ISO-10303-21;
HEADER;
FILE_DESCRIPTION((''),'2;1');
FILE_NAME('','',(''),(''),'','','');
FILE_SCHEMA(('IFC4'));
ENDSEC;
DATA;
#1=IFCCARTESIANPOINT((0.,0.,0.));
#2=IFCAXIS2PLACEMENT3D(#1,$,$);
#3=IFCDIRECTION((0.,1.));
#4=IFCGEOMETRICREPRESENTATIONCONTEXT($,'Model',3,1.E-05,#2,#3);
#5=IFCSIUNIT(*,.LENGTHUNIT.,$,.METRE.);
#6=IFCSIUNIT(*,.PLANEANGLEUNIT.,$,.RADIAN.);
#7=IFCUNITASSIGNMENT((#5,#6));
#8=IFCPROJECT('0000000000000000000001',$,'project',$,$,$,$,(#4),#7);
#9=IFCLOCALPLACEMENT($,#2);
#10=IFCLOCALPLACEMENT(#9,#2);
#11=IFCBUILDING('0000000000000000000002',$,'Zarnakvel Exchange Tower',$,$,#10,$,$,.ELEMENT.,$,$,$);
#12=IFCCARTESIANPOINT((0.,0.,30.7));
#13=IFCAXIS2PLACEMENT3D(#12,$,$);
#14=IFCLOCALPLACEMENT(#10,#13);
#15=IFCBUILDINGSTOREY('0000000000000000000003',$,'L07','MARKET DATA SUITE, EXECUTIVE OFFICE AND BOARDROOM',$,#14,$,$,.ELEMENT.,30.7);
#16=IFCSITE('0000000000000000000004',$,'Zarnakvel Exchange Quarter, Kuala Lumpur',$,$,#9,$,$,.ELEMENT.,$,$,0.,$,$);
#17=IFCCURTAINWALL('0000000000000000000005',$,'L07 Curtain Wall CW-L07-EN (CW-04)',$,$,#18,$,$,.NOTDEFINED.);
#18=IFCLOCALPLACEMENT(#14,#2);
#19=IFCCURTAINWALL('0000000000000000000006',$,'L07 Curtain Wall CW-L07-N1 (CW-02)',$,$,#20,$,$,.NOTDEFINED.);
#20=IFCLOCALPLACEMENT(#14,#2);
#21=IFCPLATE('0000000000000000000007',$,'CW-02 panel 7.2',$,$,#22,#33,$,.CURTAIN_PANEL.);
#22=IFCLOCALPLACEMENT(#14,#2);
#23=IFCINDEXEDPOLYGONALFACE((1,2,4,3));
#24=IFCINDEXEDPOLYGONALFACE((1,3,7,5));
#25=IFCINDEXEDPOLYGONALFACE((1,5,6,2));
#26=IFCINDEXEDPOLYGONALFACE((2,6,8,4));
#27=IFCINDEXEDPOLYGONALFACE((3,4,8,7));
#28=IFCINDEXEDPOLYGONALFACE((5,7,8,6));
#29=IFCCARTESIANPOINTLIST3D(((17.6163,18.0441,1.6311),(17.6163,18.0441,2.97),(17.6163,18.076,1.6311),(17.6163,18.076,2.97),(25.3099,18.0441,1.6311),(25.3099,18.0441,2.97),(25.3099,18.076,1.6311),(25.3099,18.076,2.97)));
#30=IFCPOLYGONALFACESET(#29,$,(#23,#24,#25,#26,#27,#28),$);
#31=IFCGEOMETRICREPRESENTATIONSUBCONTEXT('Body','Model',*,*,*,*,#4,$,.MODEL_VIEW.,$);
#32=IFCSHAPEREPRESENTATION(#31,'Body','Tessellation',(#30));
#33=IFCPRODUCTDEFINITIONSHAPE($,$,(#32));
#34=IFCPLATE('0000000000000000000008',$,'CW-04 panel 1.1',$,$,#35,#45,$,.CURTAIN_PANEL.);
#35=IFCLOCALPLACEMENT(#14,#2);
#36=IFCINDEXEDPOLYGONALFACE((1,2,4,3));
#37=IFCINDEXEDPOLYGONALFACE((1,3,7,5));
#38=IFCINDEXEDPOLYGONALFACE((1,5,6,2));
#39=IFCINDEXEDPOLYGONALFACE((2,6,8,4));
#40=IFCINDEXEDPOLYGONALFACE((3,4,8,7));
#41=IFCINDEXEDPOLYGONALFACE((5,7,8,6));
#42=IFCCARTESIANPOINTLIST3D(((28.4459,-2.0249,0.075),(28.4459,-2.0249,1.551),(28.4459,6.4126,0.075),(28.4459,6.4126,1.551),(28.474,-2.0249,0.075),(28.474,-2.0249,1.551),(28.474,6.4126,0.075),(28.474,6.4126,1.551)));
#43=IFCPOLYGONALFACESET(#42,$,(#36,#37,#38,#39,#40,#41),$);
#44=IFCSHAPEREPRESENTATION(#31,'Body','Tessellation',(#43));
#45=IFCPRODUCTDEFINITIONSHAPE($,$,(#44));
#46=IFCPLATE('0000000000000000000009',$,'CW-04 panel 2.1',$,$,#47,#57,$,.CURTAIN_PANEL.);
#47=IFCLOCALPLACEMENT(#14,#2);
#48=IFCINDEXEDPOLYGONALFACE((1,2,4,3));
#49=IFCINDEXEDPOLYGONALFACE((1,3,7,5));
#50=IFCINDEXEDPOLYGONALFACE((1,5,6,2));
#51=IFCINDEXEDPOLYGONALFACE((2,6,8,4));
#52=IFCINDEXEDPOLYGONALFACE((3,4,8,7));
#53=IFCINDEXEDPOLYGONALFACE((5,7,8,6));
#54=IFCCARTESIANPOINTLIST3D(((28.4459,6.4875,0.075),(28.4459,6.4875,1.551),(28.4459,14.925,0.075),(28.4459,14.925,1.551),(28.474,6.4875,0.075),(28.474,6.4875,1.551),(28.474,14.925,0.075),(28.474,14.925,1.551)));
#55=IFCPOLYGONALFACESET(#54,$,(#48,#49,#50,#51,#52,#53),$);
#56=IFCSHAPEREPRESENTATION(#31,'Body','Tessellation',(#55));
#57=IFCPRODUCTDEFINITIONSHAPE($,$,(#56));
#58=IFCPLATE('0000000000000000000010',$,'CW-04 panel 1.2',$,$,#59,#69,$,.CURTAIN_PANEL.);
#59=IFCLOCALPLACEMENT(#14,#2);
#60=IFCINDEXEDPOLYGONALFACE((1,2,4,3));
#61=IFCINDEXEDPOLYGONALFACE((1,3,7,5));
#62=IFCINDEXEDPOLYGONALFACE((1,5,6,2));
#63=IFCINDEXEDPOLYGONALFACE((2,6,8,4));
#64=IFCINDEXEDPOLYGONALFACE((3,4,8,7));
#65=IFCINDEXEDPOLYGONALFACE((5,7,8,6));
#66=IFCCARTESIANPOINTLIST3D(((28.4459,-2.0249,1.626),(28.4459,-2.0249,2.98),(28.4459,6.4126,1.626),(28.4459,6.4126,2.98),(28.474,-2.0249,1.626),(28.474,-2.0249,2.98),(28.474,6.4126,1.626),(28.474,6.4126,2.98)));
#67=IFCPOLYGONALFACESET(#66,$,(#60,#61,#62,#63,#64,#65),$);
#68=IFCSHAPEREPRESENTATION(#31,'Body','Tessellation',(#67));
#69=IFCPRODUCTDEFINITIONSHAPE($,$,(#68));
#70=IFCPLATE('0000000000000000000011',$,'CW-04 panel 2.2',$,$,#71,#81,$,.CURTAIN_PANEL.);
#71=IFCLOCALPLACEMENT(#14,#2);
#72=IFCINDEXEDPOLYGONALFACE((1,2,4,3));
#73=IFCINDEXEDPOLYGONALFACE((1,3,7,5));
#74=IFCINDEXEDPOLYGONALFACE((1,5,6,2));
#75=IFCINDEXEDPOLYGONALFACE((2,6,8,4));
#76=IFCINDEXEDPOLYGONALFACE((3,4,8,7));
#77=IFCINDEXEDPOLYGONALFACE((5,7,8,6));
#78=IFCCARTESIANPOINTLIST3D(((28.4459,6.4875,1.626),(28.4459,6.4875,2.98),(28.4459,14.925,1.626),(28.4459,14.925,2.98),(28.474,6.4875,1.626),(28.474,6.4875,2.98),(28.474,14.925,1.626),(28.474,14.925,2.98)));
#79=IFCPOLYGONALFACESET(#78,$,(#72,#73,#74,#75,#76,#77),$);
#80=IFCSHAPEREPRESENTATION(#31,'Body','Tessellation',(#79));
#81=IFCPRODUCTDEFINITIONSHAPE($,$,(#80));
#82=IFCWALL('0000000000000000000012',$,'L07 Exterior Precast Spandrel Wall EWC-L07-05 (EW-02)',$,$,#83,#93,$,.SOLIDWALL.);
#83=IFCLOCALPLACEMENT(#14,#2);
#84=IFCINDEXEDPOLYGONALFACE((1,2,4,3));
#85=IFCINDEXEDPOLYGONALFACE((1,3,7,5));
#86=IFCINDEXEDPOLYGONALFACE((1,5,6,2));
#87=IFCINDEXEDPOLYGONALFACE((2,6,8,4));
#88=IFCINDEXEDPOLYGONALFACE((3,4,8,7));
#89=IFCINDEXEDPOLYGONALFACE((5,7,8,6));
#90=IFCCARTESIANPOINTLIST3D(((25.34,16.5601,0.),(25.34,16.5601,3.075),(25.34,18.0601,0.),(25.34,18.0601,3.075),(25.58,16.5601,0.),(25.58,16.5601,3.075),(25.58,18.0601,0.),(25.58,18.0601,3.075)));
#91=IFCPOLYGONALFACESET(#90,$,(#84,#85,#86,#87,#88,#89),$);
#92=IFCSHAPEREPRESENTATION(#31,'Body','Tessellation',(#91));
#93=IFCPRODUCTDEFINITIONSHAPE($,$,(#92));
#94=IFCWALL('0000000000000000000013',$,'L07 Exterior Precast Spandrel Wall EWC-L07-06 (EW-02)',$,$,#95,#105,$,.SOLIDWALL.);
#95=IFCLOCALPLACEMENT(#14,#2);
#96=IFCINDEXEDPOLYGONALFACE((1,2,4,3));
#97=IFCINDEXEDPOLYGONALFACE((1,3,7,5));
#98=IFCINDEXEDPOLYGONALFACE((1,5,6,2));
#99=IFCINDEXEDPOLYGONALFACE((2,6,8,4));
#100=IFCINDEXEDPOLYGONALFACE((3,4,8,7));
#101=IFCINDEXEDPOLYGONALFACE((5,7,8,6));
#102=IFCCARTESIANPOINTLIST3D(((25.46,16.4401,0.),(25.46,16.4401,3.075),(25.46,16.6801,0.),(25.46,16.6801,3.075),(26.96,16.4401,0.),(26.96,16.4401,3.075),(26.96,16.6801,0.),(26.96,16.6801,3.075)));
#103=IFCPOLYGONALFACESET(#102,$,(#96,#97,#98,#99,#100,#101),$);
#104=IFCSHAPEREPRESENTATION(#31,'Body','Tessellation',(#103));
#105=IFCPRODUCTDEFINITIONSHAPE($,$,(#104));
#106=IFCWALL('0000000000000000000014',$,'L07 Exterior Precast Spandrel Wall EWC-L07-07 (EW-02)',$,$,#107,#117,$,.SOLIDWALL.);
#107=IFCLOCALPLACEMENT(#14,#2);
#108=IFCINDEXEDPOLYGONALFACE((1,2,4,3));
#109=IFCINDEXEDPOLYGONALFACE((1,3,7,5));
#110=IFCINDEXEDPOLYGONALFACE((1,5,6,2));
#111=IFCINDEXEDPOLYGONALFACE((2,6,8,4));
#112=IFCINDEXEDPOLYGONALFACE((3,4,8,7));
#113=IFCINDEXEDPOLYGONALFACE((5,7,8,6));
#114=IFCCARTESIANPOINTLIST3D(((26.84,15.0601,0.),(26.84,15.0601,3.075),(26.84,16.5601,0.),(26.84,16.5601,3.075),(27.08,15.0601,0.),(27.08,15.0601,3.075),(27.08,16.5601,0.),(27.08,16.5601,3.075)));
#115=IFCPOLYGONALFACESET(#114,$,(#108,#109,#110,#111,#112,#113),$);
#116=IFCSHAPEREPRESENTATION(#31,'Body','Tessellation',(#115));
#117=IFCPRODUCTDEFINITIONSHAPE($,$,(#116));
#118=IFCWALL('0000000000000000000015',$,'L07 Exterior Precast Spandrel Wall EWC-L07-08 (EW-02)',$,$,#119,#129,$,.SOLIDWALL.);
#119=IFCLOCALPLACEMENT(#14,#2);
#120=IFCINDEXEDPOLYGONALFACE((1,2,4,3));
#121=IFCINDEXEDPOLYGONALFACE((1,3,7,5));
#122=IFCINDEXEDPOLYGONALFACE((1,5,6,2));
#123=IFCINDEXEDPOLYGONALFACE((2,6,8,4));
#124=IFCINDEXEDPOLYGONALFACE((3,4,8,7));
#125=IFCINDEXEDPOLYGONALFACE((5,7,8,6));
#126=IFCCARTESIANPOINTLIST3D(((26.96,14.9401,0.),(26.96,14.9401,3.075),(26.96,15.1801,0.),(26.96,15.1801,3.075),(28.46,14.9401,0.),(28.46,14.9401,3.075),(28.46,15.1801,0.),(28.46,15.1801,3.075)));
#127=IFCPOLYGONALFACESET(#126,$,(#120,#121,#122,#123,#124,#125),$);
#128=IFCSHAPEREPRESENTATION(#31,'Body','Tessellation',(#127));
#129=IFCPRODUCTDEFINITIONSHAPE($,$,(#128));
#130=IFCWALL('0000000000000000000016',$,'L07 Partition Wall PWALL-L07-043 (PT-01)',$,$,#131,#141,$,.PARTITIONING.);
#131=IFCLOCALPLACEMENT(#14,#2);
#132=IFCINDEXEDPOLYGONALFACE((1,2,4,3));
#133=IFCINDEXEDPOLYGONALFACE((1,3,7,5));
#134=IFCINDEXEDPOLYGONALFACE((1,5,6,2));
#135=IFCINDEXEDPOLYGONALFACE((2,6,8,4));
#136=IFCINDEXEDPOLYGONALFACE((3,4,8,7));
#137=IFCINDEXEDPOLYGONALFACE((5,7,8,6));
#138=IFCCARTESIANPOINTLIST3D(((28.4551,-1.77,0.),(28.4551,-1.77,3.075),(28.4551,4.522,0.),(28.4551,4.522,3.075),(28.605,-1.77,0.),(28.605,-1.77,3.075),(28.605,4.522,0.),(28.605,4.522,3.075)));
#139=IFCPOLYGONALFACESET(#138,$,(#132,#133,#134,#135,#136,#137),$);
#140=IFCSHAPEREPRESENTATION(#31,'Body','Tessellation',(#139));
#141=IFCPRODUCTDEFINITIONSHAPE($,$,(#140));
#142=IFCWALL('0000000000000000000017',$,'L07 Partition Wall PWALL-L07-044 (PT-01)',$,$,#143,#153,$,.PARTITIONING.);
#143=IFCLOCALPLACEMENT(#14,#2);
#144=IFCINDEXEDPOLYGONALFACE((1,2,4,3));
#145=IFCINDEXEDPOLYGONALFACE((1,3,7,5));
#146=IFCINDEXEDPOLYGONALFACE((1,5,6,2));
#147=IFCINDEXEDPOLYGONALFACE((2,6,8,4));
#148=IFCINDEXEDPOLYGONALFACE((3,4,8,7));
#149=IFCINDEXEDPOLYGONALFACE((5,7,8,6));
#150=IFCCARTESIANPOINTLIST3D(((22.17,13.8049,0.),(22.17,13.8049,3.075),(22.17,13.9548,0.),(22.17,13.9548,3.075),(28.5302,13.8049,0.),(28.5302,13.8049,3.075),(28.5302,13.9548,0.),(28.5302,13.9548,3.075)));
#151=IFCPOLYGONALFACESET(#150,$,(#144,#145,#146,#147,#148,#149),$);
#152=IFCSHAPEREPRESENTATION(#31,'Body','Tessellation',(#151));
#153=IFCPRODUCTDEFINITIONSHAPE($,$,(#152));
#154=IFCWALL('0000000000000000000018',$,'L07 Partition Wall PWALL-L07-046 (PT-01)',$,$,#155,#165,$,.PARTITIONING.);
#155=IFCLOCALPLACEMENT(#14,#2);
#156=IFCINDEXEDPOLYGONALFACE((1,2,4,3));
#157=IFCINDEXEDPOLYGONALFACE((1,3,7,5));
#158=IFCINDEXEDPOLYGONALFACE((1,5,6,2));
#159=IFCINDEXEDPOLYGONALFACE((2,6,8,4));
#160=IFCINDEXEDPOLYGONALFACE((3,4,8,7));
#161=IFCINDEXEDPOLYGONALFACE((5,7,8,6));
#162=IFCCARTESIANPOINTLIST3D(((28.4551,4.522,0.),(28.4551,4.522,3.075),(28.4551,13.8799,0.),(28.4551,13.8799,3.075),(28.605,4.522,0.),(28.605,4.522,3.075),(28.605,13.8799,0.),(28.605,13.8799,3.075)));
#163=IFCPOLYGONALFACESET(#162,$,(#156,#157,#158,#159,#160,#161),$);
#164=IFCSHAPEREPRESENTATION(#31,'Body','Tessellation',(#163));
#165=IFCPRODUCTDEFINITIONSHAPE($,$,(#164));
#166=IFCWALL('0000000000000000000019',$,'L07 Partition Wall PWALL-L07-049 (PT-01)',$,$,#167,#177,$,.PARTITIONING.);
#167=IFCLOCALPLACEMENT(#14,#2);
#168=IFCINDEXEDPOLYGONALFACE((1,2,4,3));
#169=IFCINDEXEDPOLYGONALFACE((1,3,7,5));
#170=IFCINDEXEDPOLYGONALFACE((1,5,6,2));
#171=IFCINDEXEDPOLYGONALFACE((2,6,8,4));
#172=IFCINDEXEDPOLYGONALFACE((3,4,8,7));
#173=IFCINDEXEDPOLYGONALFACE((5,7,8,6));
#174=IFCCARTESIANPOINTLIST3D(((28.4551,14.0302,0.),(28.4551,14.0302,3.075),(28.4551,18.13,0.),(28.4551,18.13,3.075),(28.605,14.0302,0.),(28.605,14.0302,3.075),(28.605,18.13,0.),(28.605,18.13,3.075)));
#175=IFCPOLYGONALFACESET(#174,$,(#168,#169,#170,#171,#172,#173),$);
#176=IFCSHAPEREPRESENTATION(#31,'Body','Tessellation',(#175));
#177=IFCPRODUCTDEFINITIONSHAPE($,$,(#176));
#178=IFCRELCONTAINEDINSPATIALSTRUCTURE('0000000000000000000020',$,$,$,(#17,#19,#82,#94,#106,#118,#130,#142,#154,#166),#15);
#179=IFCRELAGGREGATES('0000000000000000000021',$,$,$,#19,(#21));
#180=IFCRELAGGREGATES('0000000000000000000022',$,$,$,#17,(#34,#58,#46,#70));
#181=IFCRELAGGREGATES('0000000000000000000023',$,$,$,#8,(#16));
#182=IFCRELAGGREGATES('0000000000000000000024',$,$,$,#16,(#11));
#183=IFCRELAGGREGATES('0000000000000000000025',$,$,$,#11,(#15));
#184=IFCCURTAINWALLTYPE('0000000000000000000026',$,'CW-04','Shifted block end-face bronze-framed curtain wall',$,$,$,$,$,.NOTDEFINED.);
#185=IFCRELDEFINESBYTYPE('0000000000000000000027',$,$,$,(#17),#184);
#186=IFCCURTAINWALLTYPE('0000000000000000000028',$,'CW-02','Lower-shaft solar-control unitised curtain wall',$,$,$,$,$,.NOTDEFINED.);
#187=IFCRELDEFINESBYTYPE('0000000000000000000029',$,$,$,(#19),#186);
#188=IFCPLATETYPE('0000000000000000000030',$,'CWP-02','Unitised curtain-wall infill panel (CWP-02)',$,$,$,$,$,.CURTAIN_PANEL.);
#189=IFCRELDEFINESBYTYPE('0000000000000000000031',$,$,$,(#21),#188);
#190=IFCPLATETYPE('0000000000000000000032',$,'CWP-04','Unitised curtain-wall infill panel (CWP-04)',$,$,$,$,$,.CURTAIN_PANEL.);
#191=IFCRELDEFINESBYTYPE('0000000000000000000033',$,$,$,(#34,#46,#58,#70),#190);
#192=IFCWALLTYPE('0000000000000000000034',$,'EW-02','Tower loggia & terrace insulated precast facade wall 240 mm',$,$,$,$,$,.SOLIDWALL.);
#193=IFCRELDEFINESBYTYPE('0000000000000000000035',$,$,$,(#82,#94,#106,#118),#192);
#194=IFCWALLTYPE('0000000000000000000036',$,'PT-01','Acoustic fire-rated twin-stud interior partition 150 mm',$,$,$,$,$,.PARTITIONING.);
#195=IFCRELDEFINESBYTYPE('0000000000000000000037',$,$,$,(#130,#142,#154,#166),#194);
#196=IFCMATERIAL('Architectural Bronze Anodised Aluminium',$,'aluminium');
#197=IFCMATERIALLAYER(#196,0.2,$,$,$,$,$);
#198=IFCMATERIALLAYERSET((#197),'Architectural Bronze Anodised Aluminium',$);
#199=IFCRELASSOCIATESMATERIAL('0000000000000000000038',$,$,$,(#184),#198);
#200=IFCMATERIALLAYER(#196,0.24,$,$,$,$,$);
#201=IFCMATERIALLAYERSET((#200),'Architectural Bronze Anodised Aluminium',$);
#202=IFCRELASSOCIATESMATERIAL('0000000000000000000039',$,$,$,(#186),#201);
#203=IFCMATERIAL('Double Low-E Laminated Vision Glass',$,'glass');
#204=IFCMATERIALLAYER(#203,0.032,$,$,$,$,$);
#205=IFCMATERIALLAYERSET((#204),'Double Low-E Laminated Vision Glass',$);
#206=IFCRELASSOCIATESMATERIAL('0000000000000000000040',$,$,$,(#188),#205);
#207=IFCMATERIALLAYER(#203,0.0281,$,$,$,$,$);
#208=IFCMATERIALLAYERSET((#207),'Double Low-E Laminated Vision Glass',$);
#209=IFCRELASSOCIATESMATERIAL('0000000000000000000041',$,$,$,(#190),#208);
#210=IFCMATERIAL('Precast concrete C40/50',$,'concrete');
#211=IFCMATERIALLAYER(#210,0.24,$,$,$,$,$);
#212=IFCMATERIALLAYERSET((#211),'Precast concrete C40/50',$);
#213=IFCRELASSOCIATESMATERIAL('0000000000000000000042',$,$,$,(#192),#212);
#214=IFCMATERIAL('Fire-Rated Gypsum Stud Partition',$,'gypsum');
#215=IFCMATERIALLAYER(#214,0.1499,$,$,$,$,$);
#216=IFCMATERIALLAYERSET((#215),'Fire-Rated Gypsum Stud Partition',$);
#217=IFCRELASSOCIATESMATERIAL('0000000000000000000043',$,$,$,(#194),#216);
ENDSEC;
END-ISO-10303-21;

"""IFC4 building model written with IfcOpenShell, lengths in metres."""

from ifc_helpers import new_model, si_unit, direction, frame, frame_2d, origin, origin_2d, place, context, subcontext, project, spatial, rectangle, extrude, source, transform, mapped, material, layer, layer_set, type_object, element, aggregate, save


model = new_model("IFC4")

# Units and contexts
model_context = context("Model", 3, precision=1e-05, world=origin(), true_north=direction((0.0, 1.0)))
body_context = subcontext(model_context, "Body", "Model", "MODEL_VIEW")
ifc_project = project(units=[si_unit("LENGTHUNIT", "METRE"), si_unit("PLANEANGLEUNIT", "RADIAN")], contexts=[model_context])

# Site, building, storey
site_placement = place(None, origin())
site = spatial("IfcSite", under=ifc_project, at=site_placement, Name="Zarnakvel Exchange Quarter, Kuala Lumpur", CompositionType="ELEMENT", RefElevation=0.0)
building_placement = place(site_placement, origin())
building = spatial("IfcBuilding", under=site, at=building_placement, Name="Zarnakvel Exchange Tower", CompositionType="ELEMENT")
storey_placement = place(building_placement, frame((0.0, 0.0, 30.7)))
storey = spatial("IfcBuildingStorey", under=building, at=storey_placement, Name="L07", Description="MARKET DATA SUITE, EXECUTIVE OFFICE AND BOARDROOM", CompositionType="ELEMENT", Elevation=30.7)

# Curtain wall
ifc_material_1 = material(Name="Architectural Bronze Anodised Aluminium", Category="aluminium")
ifc_layer_1 = layer(ifc_material_1, 0.2)
ifc_layer_set_1 = layer_set([ifc_layer_1], Name="Architectural Bronze Anodised Aluminium")
curtain_wall_type_1 = type_object("IfcCurtainWallType", Name="CW-04", Description="Shifted block end-face bronze-framed curtain wall", PredefinedType="NOTDEFINED", material=ifc_layer_set_1)
curtain_wall_1_placement = place(storey_placement, origin())
curtain_wall_1 = element("IfcCurtainWall", 1, at=curtain_wall_1_placement, inside=storey, type_object=curtain_wall_type_1, Name="L07 Curtain Wall CW-L07-EN (CW-04)", PredefinedType="NOTDEFINED")

# Curtain wall
ifc_layer_2 = layer(ifc_material_1, 0.24)
ifc_layer_set_2 = layer_set([ifc_layer_2], Name="Architectural Bronze Anodised Aluminium")
curtain_wall_type_2 = type_object("IfcCurtainWallType", Name="CW-02", Description="Lower-shaft solar-control unitised curtain wall", PredefinedType="NOTDEFINED", material=ifc_layer_set_2)
curtain_wall_2_placement = place(storey_placement, origin())
curtain_wall_2 = element("IfcCurtainWall", 2, at=curtain_wall_2_placement, inside=storey, type_object=curtain_wall_type_2, Name="L07 Curtain Wall CW-L07-N1 (CW-02)", PredefinedType="NOTDEFINED")

# Plates
ifc_material_2 = material(Name="Double Low-E Laminated Vision Glass", Category="glass")
ifc_layer_3 = layer(ifc_material_2, 0.032)
ifc_layer_set_3 = layer_set([ifc_layer_3], Name="Double Low-E Laminated Vision Glass")
plate_type_1 = type_object("IfcPlateType", Name="CWP-02", Description="Unitised curtain-wall infill panel (CWP-02)", PredefinedType="CURTAIN_PANEL", material=ifc_layer_set_3)
shared_shape_1 = source(origin(), body_context, "Body", "SweptSolid", [
    extrude(rectangle(XDim=7.6936, YDim=0.032, at=origin_2d()), origin(), (0.0, 0.0, 1.0), 1.3389),
])
plate_1_placement = place(storey_placement, frame((21.4631, 18.0601, 1.6311), z_axis=(0.0, 0.0, 1.0), x_axis=(1.0, 0.0, 0.0)))
plate_1 = element("IfcPlate", 3, at=plate_1_placement, type_object=plate_type_1, Name="CW-02 panel 7.2", PredefinedType="CURTAIN_PANEL", context=body_context, shape_type="MappedRepresentation", body=[
    mapped(shared_shape_1, transform((0.0, 0.0, 0.0), x_axis=(1.0, 0.0, 0.0), y_axis=(0.0, 1.0, 0.0), z_axis=(0.0, 0.0, 1.0), scale=1.0)),
])
aggregate(curtain_wall_2, [plate_1])
ifc_layer_4 = layer(ifc_material_2, 0.0281)
ifc_layer_set_4 = layer_set([ifc_layer_4], Name="Double Low-E Laminated Vision Glass")
plate_type_2 = type_object("IfcPlateType", Name="CWP-04", Description="Unitised curtain-wall infill panel (CWP-04)", PredefinedType="CURTAIN_PANEL", material=ifc_layer_set_4)
shared_shape_2 = source(origin(), body_context, "Body", "SweptSolid", [
    extrude(rectangle(XDim=8.4375, YDim=0.0281, at=origin_2d()), origin(), (0.0, 0.0, 1.0), 1.4761),
])
plate_2_placement = place(storey_placement, frame((28.46, 2.1938, 0.075), z_axis=(0.0, 0.0, 1.0), x_axis=(0.0, 1.0, 0.0)))
plate_2 = element("IfcPlate", 4, at=plate_2_placement, type_object=plate_type_2, Name="CW-04 panel 1.1", PredefinedType="CURTAIN_PANEL", context=body_context, shape_type="MappedRepresentation", body=[
    mapped(shared_shape_2, transform((0.0, 0.0, 0.0), x_axis=(1.0, 0.0, 0.0), y_axis=(0.0, 1.0, 0.0), z_axis=(0.0, 0.0, 1.0), scale=1.0)),
])
plate_3_placement = place(storey_placement, frame((28.46, 10.7063, 0.075), z_axis=(0.0, 0.0, 1.0), x_axis=(0.0, 1.0, 0.0)))
plate_3 = element("IfcPlate", 5, at=plate_3_placement, type_object=plate_type_2, Name="CW-04 panel 2.1", PredefinedType="CURTAIN_PANEL", context=body_context, shape_type="MappedRepresentation", body=[
    mapped(shared_shape_2, transform((0.0, 0.0, 0.0), x_axis=(1.0, 0.0, 0.0), y_axis=(0.0, 1.0, 0.0), z_axis=(0.0, 0.0, 1.0), scale=1.0)),
])
shared_shape_3 = source(origin(), body_context, "Body", "SweptSolid", [
    extrude(rectangle(XDim=8.4375, YDim=0.0281, at=origin_2d()), origin(), (0.0, 0.0, 1.0), 1.354),
])
plate_4_placement = place(storey_placement, frame((28.46, 2.1938, 1.626), z_axis=(0.0, 0.0, 1.0), x_axis=(0.0, 1.0, 0.0)))
plate_4 = element("IfcPlate", 6, at=plate_4_placement, type_object=plate_type_2, Name="CW-04 panel 1.2", PredefinedType="CURTAIN_PANEL", context=body_context, shape_type="MappedRepresentation", body=[
    mapped(shared_shape_3, transform((0.0, 0.0, 0.0), x_axis=(1.0, 0.0, 0.0), y_axis=(0.0, 1.0, 0.0), z_axis=(0.0, 0.0, 1.0), scale=1.0)),
])
plate_5_placement = place(storey_placement, frame((28.46, 10.7063, 1.626), z_axis=(0.0, 0.0, 1.0), x_axis=(0.0, 1.0, 0.0)))
plate_5 = element("IfcPlate", 7, at=plate_5_placement, type_object=plate_type_2, Name="CW-04 panel 2.2", PredefinedType="CURTAIN_PANEL", context=body_context, shape_type="MappedRepresentation", body=[
    mapped(shared_shape_3, transform((0.0, 0.0, 0.0), x_axis=(1.0, 0.0, 0.0), y_axis=(0.0, 1.0, 0.0), z_axis=(0.0, 0.0, 1.0), scale=1.0)),
])
aggregate(curtain_wall_1, [plate_2, plate_4, plate_3, plate_5])

# Walls
ifc_material_3 = material(Name="Precast concrete C40/50", Category="concrete")
ifc_layer_5 = layer(ifc_material_3, 0.24)
ifc_layer_set_5 = layer_set([ifc_layer_5], Name="Precast concrete C40/50")
wall_type_1 = type_object("IfcWallType", Name="EW-02", Description="Tower loggia & terrace insulated precast facade wall 240 mm", PredefinedType="SOLIDWALL", material=ifc_layer_set_5)
for number, where, z_axis, x_axis, name in (
    (8, (25.46, 16.5601, 0.0), (0.0, 0.0, 1.0), (0.0, 1.0, 0.0), "L07 Exterior Precast Spandrel Wall EWC-L07-05 (EW-02)"),
    (9, (26.96, 16.5601, 0.0), (0.0, 0.0, 1.0), (-1.0, 0.0, 0.0), "L07 Exterior Precast Spandrel Wall EWC-L07-06 (EW-02)"),
    (10, (26.96, 15.0601, 0.0), (0.0, 0.0, 1.0), (0.0, 1.0, 0.0), "L07 Exterior Precast Spandrel Wall EWC-L07-07 (EW-02)"),
    (11, (28.46, 15.0601, 0.0), (0.0, 0.0, 1.0), (-1.0, 0.0, 0.0), "L07 Exterior Precast Spandrel Wall EWC-L07-08 (EW-02)"),
):
    element("IfcWall", number, at=place(storey_placement, frame(where, z_axis=z_axis, x_axis=x_axis)), inside=storey, type_object=wall_type_1, Name=name, PredefinedType="SOLIDWALL", context=body_context, shape_type="SweptSolid", body=[
        extrude(rectangle(XDim=1.5, YDim=0.24, at=frame_2d((0.75, 0.0))), origin(), (0.0, 0.0, 1.0), 3.075),
    ])
ifc_material_4 = material(Name="Fire-Rated Gypsum Stud Partition", Category="gypsum")
ifc_layer_6 = layer(ifc_material_4, 0.1499)
ifc_layer_set_6 = layer_set([ifc_layer_6], Name="Fire-Rated Gypsum Stud Partition")
wall_type_2 = type_object("IfcWallType", Name="PT-01", Description="Acoustic fire-rated twin-stud interior partition 150 mm", PredefinedType="PARTITIONING", material=ifc_layer_set_6)
wall_1_placement = place(storey_placement, frame((28.53, 4.522, 0.0), z_axis=(0.0, 0.0, 1.0), x_axis=(0.0, -1.0, 0.0)))
element("IfcWall", 12, at=wall_1_placement, inside=storey, type_object=wall_type_2, Name="L07 Partition Wall PWALL-L07-043 (PT-01)", PredefinedType="PARTITIONING", context=body_context, shape_type="SweptSolid", body=[
    extrude(rectangle(XDim=6.292, YDim=0.1499, at=frame_2d((3.146, 0.0))), origin(), (0.0, 0.0, 1.0), 3.075),
])
wall_2_placement = place(storey_placement, frame((22.1699, 13.8799, 0.0), z_axis=(0.0, 0.0, 1.0), x_axis=(1.0, 0.0, 0.0)))
element("IfcWall", 13, at=wall_2_placement, inside=storey, type_object=wall_type_2, Name="L07 Partition Wall PWALL-L07-044 (PT-01)", PredefinedType="PARTITIONING", context=body_context, shape_type="SweptSolid", body=[
    extrude(rectangle(XDim=6.3601, YDim=0.1499, at=frame_2d((3.1802, 0.0))), origin(), (0.0, 0.0, 1.0), 3.075),
])
wall_3_placement = place(storey_placement, frame((28.53, 13.8799, 0.0), z_axis=(0.0, 0.0, 1.0), x_axis=(0.0, -1.0, 0.0)))
element("IfcWall", 14, at=wall_3_placement, inside=storey, type_object=wall_type_2, Name="L07 Partition Wall PWALL-L07-046 (PT-01)", PredefinedType="PARTITIONING", context=body_context, shape_type="SweptSolid", body=[
    extrude(rectangle(XDim=9.3579, YDim=0.1499, at=frame_2d((4.679, 0.0))), origin(), (0.0, 0.0, 1.0), 3.075),
])
wall_4_placement = place(storey_placement, frame((28.53, 18.1299, 0.0), z_axis=(0.0, 0.0, 1.0), x_axis=(0.0, -1.0, 0.0)))
element("IfcWall", 15, at=wall_4_placement, inside=storey, type_object=wall_type_2, Name="L07 Partition Wall PWALL-L07-049 (PT-01)", PredefinedType="PARTITIONING", context=body_context, shape_type="SweptSolid", body=[
    extrude(rectangle(XDim=4.0999, YDim=0.1499, at=frame_2d((2.0498, 0.0))), origin(), (0.0, 0.0, 1.0), 3.075),
])

save(model, "model.ifc")
